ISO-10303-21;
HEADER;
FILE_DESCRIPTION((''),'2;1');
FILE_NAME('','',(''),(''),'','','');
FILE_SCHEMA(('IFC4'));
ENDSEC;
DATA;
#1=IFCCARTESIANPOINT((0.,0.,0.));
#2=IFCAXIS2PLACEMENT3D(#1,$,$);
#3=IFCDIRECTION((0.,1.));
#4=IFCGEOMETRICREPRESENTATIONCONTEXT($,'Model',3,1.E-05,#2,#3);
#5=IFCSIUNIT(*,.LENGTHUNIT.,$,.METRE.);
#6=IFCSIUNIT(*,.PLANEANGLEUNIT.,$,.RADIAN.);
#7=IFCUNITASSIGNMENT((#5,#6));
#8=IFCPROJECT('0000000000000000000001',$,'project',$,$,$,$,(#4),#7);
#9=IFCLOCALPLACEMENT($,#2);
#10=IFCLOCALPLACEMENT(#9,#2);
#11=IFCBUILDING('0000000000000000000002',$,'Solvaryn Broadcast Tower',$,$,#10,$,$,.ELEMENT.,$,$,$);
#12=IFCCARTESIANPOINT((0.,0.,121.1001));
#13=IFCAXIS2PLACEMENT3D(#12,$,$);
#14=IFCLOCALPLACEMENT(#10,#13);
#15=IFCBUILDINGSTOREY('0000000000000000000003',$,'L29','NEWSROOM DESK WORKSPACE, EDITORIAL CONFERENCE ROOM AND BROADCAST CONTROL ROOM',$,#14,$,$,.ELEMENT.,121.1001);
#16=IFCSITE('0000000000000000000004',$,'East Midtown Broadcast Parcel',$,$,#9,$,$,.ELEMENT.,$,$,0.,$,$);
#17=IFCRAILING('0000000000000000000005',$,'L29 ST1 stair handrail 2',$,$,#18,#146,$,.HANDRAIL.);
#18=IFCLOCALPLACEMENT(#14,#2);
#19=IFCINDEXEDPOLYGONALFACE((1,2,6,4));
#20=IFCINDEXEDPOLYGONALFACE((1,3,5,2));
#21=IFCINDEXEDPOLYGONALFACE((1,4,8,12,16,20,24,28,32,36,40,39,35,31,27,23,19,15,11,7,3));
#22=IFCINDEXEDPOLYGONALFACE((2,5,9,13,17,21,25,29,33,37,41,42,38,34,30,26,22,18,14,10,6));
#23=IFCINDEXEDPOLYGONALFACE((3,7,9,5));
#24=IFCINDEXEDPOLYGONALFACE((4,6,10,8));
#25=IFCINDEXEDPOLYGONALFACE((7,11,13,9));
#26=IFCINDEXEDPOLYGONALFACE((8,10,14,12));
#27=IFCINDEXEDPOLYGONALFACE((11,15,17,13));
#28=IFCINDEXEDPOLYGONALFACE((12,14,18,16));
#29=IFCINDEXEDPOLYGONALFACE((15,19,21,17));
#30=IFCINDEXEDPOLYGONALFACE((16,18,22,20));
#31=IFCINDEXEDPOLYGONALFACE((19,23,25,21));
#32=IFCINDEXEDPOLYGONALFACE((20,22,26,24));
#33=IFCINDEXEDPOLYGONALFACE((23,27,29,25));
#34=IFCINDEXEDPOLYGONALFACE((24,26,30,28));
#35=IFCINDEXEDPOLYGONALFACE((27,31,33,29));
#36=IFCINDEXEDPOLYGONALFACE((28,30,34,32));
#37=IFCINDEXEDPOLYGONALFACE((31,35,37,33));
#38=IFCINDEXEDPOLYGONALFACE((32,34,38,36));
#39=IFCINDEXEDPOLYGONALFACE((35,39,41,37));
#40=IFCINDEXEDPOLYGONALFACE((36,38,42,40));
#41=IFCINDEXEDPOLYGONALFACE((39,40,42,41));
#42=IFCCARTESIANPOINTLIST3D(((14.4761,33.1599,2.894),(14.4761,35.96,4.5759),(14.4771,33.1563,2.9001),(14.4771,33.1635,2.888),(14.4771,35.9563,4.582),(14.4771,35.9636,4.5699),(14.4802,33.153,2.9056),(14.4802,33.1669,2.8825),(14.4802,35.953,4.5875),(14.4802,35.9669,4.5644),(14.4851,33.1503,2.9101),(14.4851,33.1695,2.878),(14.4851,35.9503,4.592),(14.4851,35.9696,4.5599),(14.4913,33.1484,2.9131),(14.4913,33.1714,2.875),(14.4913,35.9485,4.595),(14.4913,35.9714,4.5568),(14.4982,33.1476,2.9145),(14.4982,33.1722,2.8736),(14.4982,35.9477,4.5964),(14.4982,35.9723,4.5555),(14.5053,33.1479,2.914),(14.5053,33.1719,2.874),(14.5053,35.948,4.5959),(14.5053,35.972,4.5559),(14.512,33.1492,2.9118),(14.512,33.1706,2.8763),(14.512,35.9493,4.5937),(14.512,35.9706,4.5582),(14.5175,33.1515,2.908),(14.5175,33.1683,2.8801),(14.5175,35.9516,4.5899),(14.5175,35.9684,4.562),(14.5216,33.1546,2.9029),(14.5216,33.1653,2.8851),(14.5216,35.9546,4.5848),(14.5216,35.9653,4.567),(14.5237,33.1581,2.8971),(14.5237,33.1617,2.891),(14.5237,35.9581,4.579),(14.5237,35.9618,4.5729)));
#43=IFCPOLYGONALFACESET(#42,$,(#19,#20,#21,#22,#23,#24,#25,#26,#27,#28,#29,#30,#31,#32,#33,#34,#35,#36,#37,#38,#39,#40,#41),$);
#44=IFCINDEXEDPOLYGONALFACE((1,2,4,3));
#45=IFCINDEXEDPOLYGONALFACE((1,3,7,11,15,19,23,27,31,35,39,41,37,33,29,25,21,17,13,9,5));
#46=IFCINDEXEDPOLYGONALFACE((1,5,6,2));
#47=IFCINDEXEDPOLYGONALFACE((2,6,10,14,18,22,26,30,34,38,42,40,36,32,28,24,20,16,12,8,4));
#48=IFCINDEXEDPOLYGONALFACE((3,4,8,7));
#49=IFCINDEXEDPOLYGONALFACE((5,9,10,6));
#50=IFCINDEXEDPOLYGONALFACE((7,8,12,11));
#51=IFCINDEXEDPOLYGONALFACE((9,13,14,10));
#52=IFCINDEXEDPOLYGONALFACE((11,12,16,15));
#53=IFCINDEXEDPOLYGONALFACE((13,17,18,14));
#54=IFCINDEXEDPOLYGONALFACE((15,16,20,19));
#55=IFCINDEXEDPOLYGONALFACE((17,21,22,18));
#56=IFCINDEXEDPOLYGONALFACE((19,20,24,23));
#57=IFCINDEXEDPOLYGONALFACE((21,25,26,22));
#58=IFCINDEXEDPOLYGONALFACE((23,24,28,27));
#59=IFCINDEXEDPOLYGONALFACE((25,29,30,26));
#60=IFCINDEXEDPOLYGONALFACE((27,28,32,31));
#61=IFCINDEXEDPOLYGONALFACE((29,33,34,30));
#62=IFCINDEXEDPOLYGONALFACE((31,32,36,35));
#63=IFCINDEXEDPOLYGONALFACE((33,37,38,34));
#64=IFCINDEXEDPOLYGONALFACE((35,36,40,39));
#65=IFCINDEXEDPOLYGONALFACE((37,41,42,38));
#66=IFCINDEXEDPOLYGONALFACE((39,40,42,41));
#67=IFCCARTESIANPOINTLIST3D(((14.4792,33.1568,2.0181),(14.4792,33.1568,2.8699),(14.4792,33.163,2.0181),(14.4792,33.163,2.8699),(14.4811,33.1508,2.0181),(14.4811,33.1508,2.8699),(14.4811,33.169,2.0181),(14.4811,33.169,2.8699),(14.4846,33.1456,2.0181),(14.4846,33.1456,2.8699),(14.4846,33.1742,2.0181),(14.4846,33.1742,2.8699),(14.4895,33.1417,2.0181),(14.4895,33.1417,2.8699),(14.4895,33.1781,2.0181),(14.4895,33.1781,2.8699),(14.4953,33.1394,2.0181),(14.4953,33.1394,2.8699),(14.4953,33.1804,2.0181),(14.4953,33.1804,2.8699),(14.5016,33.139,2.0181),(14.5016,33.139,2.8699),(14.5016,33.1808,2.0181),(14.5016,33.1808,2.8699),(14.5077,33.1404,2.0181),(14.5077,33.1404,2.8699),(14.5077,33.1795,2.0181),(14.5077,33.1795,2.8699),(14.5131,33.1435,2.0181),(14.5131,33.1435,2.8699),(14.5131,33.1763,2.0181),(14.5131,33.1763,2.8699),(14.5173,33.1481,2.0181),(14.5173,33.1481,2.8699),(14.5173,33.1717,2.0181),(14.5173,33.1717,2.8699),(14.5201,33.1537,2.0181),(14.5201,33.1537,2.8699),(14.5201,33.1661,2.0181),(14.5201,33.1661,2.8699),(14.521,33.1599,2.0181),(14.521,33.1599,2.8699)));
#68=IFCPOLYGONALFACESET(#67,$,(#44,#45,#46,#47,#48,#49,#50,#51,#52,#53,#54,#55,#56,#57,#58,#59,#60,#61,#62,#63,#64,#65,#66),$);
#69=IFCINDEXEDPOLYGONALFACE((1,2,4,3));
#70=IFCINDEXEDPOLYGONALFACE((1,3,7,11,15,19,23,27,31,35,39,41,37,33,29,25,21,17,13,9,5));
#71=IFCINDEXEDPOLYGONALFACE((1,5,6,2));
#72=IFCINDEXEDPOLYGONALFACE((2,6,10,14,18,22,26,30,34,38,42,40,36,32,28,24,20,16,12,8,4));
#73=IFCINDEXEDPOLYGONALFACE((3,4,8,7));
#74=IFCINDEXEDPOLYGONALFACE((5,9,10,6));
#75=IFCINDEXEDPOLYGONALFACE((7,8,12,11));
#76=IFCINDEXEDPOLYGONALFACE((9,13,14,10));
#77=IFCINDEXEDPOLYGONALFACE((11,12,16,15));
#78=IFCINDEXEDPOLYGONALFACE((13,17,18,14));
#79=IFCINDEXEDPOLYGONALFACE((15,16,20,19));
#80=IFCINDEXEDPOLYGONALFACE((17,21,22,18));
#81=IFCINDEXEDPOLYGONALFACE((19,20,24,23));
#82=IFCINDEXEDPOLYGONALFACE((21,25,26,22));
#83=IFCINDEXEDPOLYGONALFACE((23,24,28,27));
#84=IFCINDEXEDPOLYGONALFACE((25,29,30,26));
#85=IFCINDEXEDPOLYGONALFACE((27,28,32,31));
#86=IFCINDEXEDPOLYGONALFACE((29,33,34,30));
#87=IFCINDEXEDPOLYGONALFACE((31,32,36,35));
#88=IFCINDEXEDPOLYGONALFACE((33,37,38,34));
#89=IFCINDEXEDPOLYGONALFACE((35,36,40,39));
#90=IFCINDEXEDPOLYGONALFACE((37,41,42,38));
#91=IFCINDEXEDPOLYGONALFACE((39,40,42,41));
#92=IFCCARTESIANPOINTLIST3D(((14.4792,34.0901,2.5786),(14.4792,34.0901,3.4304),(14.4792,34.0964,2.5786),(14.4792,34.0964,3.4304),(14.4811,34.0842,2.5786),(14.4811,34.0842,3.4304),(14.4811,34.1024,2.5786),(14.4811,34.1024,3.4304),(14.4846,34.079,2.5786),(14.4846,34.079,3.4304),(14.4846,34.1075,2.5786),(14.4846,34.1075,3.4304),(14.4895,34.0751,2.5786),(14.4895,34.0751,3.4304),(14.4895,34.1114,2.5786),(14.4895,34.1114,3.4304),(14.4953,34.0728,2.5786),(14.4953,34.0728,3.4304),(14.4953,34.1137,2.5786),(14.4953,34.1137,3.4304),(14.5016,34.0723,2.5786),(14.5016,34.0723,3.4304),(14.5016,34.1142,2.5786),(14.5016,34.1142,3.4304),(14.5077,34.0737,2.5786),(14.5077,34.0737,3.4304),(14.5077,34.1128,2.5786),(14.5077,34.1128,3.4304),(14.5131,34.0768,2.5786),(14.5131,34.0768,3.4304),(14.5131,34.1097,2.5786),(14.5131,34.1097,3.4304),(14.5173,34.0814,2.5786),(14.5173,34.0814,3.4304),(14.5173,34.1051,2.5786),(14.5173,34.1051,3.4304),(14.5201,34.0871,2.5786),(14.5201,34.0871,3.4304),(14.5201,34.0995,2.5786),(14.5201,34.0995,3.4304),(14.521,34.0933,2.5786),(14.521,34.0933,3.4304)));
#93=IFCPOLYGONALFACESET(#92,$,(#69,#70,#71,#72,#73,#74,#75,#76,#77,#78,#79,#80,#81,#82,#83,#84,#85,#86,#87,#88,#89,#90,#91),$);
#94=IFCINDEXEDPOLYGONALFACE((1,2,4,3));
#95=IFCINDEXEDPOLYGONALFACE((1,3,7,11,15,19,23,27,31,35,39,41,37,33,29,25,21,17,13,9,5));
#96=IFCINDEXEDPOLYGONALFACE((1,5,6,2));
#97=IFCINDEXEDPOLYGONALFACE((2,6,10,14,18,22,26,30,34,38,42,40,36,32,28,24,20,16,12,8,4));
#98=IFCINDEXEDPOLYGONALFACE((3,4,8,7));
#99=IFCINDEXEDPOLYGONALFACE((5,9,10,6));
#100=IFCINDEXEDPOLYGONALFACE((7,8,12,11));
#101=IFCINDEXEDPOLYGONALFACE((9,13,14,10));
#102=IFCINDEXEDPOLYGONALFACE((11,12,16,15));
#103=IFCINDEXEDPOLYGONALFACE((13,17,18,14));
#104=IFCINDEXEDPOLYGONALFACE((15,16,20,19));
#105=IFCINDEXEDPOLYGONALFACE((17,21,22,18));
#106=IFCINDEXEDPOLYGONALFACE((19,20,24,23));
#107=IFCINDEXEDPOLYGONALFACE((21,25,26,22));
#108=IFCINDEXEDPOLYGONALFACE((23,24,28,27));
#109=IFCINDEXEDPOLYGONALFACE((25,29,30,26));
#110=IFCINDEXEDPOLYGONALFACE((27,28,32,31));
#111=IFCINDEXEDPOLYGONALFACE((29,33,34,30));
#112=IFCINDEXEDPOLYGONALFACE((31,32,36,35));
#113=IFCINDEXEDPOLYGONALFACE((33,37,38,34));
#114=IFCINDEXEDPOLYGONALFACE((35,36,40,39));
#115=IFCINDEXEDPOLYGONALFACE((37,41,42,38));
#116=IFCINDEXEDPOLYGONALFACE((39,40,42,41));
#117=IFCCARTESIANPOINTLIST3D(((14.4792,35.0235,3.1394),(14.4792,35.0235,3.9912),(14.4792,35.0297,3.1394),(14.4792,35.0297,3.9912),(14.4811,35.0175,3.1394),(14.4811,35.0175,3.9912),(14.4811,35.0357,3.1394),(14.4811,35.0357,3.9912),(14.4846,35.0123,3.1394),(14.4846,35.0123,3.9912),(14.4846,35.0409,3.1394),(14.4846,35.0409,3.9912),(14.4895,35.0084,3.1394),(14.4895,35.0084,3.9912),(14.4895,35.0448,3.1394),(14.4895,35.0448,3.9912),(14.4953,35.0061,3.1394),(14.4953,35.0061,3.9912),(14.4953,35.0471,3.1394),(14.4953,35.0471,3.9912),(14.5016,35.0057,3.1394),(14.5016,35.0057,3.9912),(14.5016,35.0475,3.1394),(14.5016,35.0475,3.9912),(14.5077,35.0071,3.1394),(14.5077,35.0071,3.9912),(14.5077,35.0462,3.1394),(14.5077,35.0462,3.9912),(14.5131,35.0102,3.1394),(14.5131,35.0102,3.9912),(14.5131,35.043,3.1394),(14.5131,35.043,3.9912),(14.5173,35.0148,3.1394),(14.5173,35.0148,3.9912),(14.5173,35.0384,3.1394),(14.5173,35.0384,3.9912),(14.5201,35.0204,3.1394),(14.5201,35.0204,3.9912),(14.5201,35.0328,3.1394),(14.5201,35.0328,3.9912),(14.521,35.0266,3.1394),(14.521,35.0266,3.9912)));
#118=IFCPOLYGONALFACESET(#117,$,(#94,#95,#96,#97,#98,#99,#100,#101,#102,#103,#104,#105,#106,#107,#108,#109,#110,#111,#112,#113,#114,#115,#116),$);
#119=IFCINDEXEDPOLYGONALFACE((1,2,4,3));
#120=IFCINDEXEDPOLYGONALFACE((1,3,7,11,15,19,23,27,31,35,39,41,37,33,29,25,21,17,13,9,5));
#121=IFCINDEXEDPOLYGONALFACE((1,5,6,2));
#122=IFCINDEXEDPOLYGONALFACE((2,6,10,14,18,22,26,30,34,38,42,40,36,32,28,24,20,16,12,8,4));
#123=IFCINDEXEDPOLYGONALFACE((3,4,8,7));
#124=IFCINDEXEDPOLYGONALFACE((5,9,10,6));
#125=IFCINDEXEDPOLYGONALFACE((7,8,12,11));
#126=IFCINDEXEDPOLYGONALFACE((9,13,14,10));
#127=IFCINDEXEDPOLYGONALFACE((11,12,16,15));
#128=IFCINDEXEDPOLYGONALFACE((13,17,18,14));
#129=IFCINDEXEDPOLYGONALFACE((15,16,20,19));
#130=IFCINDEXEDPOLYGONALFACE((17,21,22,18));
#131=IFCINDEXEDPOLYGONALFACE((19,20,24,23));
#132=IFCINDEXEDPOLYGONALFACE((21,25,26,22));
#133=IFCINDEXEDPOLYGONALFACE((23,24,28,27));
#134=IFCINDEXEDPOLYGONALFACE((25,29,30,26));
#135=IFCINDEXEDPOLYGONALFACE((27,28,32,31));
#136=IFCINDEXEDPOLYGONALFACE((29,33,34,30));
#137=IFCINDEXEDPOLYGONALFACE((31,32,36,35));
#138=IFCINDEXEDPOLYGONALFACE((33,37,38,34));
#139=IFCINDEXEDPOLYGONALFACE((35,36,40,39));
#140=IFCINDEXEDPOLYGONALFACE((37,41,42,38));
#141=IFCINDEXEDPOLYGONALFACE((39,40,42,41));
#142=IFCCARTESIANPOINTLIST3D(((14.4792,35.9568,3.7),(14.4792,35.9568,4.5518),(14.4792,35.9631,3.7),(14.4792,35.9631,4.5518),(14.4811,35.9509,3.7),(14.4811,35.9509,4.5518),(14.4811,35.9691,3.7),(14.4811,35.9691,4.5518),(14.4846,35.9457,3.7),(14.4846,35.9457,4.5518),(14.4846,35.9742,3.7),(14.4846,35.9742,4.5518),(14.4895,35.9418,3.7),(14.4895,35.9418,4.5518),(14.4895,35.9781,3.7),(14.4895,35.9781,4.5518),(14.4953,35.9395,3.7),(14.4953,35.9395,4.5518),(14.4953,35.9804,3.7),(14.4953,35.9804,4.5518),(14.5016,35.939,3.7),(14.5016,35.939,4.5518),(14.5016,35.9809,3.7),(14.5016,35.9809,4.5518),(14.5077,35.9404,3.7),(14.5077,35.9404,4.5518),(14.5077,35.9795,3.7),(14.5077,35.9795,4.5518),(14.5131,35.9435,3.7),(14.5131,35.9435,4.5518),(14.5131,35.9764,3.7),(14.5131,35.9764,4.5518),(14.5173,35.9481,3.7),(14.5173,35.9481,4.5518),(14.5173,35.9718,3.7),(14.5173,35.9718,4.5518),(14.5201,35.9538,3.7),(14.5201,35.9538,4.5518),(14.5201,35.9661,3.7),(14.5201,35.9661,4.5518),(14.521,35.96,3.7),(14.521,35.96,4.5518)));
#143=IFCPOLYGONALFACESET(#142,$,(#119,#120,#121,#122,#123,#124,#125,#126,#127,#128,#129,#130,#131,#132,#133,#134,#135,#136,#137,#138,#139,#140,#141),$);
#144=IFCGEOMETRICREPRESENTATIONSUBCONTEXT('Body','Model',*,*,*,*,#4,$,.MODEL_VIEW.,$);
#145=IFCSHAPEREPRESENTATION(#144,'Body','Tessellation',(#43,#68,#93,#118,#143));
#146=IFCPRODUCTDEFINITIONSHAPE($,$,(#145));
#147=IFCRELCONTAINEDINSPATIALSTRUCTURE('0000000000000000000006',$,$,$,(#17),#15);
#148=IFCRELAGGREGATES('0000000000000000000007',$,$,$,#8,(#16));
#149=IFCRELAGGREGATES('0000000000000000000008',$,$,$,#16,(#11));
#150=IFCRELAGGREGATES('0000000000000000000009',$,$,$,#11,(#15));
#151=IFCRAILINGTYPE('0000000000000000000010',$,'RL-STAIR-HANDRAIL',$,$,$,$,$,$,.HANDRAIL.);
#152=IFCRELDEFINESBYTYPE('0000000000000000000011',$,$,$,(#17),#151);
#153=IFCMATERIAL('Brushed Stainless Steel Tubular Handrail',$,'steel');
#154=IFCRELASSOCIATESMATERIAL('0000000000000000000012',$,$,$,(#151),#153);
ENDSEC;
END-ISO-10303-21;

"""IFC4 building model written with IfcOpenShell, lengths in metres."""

from ifc_helpers import new_model, si_unit, direction, frame, origin, origin_2d, place, context, subcontext, project, spatial, circle, extrude, material, type_object, element, save


model = new_model("IFC4")

# Units and contexts
model_context = context("Model", 3, precision=1e-05, world=origin(), true_north=direction((0.0, 1.0)))
body_context = subcontext(model_context, "Body", "Model", "MODEL_VIEW")
ifc_project = project(units=[si_unit("LENGTHUNIT", "METRE"), si_unit("PLANEANGLEUNIT", "RADIAN")], contexts=[model_context])

# Site, building, storey
site_placement = place(None, origin())
site = spatial("IfcSite", under=ifc_project, at=site_placement, Name="East Midtown Broadcast Parcel", CompositionType="ELEMENT", RefElevation=0.0)
building_placement = place(site_placement, origin())
building = spatial("IfcBuilding", under=site, at=building_placement, Name="Solvaryn Broadcast Tower", CompositionType="ELEMENT")
storey_placement = place(building_placement, frame((0.0, 0.0, 121.1001)))
storey = spatial("IfcBuildingStorey", under=building, at=storey_placement, Name="L29", Description="NEWSROOM DESK WORKSPACE, EDITORIAL CONFERENCE ROOM AND BROADCAST CONTROL ROOM", CompositionType="ELEMENT", Elevation=121.1001)

# Railing
ifc_material_1 = material(Name="Brushed Stainless Steel Tubular Handrail", Category="steel")
railing_type_1 = type_object("IfcRailingType", Name="RL-STAIR-HANDRAIL", PredefinedType="HANDRAIL", material=ifc_material_1)
railing_1_placement = place(storey_placement, frame((14.5, 33.1599, 2.0181)))
element("IfcRailing", 1, at=railing_1_placement, inside=storey, type_object=railing_type_1, Name="L29 ST1 stair handrail 2", PredefinedType="HANDRAIL", context=body_context, shape_type="SweptSolid", body=[
    extrude(circle(Radius=0.0239, at=origin_2d()), frame((0.0, 0.0, 0.876), z_axis=(0.0, 0.857242, 0.514913), x_axis=(-1.0, 0.0, 0.0)), (0.0, 0.0, 1.0), 3.2664),
    extrude(circle(Radius=0.021, at=origin_2d()), origin(), (0.0, 0.0, 1.0), 0.8518),
    extrude(circle(Radius=0.021, at=origin_2d()), frame((0.0, 0.9333, 0.5605)), (0.0, 0.0, 1.0), 0.8518),
    extrude(circle(Radius=0.021, at=origin_2d()), frame((0.0, 1.8667, 1.1213)), (0.0, 0.0, 1.0), 0.8518),
    extrude(circle(Radius=0.021, at=origin_2d()), frame((0.0, 2.8, 1.6819)), (0.0, 0.0, 1.0), 0.8518),
])

save(model, "model.ifc")
